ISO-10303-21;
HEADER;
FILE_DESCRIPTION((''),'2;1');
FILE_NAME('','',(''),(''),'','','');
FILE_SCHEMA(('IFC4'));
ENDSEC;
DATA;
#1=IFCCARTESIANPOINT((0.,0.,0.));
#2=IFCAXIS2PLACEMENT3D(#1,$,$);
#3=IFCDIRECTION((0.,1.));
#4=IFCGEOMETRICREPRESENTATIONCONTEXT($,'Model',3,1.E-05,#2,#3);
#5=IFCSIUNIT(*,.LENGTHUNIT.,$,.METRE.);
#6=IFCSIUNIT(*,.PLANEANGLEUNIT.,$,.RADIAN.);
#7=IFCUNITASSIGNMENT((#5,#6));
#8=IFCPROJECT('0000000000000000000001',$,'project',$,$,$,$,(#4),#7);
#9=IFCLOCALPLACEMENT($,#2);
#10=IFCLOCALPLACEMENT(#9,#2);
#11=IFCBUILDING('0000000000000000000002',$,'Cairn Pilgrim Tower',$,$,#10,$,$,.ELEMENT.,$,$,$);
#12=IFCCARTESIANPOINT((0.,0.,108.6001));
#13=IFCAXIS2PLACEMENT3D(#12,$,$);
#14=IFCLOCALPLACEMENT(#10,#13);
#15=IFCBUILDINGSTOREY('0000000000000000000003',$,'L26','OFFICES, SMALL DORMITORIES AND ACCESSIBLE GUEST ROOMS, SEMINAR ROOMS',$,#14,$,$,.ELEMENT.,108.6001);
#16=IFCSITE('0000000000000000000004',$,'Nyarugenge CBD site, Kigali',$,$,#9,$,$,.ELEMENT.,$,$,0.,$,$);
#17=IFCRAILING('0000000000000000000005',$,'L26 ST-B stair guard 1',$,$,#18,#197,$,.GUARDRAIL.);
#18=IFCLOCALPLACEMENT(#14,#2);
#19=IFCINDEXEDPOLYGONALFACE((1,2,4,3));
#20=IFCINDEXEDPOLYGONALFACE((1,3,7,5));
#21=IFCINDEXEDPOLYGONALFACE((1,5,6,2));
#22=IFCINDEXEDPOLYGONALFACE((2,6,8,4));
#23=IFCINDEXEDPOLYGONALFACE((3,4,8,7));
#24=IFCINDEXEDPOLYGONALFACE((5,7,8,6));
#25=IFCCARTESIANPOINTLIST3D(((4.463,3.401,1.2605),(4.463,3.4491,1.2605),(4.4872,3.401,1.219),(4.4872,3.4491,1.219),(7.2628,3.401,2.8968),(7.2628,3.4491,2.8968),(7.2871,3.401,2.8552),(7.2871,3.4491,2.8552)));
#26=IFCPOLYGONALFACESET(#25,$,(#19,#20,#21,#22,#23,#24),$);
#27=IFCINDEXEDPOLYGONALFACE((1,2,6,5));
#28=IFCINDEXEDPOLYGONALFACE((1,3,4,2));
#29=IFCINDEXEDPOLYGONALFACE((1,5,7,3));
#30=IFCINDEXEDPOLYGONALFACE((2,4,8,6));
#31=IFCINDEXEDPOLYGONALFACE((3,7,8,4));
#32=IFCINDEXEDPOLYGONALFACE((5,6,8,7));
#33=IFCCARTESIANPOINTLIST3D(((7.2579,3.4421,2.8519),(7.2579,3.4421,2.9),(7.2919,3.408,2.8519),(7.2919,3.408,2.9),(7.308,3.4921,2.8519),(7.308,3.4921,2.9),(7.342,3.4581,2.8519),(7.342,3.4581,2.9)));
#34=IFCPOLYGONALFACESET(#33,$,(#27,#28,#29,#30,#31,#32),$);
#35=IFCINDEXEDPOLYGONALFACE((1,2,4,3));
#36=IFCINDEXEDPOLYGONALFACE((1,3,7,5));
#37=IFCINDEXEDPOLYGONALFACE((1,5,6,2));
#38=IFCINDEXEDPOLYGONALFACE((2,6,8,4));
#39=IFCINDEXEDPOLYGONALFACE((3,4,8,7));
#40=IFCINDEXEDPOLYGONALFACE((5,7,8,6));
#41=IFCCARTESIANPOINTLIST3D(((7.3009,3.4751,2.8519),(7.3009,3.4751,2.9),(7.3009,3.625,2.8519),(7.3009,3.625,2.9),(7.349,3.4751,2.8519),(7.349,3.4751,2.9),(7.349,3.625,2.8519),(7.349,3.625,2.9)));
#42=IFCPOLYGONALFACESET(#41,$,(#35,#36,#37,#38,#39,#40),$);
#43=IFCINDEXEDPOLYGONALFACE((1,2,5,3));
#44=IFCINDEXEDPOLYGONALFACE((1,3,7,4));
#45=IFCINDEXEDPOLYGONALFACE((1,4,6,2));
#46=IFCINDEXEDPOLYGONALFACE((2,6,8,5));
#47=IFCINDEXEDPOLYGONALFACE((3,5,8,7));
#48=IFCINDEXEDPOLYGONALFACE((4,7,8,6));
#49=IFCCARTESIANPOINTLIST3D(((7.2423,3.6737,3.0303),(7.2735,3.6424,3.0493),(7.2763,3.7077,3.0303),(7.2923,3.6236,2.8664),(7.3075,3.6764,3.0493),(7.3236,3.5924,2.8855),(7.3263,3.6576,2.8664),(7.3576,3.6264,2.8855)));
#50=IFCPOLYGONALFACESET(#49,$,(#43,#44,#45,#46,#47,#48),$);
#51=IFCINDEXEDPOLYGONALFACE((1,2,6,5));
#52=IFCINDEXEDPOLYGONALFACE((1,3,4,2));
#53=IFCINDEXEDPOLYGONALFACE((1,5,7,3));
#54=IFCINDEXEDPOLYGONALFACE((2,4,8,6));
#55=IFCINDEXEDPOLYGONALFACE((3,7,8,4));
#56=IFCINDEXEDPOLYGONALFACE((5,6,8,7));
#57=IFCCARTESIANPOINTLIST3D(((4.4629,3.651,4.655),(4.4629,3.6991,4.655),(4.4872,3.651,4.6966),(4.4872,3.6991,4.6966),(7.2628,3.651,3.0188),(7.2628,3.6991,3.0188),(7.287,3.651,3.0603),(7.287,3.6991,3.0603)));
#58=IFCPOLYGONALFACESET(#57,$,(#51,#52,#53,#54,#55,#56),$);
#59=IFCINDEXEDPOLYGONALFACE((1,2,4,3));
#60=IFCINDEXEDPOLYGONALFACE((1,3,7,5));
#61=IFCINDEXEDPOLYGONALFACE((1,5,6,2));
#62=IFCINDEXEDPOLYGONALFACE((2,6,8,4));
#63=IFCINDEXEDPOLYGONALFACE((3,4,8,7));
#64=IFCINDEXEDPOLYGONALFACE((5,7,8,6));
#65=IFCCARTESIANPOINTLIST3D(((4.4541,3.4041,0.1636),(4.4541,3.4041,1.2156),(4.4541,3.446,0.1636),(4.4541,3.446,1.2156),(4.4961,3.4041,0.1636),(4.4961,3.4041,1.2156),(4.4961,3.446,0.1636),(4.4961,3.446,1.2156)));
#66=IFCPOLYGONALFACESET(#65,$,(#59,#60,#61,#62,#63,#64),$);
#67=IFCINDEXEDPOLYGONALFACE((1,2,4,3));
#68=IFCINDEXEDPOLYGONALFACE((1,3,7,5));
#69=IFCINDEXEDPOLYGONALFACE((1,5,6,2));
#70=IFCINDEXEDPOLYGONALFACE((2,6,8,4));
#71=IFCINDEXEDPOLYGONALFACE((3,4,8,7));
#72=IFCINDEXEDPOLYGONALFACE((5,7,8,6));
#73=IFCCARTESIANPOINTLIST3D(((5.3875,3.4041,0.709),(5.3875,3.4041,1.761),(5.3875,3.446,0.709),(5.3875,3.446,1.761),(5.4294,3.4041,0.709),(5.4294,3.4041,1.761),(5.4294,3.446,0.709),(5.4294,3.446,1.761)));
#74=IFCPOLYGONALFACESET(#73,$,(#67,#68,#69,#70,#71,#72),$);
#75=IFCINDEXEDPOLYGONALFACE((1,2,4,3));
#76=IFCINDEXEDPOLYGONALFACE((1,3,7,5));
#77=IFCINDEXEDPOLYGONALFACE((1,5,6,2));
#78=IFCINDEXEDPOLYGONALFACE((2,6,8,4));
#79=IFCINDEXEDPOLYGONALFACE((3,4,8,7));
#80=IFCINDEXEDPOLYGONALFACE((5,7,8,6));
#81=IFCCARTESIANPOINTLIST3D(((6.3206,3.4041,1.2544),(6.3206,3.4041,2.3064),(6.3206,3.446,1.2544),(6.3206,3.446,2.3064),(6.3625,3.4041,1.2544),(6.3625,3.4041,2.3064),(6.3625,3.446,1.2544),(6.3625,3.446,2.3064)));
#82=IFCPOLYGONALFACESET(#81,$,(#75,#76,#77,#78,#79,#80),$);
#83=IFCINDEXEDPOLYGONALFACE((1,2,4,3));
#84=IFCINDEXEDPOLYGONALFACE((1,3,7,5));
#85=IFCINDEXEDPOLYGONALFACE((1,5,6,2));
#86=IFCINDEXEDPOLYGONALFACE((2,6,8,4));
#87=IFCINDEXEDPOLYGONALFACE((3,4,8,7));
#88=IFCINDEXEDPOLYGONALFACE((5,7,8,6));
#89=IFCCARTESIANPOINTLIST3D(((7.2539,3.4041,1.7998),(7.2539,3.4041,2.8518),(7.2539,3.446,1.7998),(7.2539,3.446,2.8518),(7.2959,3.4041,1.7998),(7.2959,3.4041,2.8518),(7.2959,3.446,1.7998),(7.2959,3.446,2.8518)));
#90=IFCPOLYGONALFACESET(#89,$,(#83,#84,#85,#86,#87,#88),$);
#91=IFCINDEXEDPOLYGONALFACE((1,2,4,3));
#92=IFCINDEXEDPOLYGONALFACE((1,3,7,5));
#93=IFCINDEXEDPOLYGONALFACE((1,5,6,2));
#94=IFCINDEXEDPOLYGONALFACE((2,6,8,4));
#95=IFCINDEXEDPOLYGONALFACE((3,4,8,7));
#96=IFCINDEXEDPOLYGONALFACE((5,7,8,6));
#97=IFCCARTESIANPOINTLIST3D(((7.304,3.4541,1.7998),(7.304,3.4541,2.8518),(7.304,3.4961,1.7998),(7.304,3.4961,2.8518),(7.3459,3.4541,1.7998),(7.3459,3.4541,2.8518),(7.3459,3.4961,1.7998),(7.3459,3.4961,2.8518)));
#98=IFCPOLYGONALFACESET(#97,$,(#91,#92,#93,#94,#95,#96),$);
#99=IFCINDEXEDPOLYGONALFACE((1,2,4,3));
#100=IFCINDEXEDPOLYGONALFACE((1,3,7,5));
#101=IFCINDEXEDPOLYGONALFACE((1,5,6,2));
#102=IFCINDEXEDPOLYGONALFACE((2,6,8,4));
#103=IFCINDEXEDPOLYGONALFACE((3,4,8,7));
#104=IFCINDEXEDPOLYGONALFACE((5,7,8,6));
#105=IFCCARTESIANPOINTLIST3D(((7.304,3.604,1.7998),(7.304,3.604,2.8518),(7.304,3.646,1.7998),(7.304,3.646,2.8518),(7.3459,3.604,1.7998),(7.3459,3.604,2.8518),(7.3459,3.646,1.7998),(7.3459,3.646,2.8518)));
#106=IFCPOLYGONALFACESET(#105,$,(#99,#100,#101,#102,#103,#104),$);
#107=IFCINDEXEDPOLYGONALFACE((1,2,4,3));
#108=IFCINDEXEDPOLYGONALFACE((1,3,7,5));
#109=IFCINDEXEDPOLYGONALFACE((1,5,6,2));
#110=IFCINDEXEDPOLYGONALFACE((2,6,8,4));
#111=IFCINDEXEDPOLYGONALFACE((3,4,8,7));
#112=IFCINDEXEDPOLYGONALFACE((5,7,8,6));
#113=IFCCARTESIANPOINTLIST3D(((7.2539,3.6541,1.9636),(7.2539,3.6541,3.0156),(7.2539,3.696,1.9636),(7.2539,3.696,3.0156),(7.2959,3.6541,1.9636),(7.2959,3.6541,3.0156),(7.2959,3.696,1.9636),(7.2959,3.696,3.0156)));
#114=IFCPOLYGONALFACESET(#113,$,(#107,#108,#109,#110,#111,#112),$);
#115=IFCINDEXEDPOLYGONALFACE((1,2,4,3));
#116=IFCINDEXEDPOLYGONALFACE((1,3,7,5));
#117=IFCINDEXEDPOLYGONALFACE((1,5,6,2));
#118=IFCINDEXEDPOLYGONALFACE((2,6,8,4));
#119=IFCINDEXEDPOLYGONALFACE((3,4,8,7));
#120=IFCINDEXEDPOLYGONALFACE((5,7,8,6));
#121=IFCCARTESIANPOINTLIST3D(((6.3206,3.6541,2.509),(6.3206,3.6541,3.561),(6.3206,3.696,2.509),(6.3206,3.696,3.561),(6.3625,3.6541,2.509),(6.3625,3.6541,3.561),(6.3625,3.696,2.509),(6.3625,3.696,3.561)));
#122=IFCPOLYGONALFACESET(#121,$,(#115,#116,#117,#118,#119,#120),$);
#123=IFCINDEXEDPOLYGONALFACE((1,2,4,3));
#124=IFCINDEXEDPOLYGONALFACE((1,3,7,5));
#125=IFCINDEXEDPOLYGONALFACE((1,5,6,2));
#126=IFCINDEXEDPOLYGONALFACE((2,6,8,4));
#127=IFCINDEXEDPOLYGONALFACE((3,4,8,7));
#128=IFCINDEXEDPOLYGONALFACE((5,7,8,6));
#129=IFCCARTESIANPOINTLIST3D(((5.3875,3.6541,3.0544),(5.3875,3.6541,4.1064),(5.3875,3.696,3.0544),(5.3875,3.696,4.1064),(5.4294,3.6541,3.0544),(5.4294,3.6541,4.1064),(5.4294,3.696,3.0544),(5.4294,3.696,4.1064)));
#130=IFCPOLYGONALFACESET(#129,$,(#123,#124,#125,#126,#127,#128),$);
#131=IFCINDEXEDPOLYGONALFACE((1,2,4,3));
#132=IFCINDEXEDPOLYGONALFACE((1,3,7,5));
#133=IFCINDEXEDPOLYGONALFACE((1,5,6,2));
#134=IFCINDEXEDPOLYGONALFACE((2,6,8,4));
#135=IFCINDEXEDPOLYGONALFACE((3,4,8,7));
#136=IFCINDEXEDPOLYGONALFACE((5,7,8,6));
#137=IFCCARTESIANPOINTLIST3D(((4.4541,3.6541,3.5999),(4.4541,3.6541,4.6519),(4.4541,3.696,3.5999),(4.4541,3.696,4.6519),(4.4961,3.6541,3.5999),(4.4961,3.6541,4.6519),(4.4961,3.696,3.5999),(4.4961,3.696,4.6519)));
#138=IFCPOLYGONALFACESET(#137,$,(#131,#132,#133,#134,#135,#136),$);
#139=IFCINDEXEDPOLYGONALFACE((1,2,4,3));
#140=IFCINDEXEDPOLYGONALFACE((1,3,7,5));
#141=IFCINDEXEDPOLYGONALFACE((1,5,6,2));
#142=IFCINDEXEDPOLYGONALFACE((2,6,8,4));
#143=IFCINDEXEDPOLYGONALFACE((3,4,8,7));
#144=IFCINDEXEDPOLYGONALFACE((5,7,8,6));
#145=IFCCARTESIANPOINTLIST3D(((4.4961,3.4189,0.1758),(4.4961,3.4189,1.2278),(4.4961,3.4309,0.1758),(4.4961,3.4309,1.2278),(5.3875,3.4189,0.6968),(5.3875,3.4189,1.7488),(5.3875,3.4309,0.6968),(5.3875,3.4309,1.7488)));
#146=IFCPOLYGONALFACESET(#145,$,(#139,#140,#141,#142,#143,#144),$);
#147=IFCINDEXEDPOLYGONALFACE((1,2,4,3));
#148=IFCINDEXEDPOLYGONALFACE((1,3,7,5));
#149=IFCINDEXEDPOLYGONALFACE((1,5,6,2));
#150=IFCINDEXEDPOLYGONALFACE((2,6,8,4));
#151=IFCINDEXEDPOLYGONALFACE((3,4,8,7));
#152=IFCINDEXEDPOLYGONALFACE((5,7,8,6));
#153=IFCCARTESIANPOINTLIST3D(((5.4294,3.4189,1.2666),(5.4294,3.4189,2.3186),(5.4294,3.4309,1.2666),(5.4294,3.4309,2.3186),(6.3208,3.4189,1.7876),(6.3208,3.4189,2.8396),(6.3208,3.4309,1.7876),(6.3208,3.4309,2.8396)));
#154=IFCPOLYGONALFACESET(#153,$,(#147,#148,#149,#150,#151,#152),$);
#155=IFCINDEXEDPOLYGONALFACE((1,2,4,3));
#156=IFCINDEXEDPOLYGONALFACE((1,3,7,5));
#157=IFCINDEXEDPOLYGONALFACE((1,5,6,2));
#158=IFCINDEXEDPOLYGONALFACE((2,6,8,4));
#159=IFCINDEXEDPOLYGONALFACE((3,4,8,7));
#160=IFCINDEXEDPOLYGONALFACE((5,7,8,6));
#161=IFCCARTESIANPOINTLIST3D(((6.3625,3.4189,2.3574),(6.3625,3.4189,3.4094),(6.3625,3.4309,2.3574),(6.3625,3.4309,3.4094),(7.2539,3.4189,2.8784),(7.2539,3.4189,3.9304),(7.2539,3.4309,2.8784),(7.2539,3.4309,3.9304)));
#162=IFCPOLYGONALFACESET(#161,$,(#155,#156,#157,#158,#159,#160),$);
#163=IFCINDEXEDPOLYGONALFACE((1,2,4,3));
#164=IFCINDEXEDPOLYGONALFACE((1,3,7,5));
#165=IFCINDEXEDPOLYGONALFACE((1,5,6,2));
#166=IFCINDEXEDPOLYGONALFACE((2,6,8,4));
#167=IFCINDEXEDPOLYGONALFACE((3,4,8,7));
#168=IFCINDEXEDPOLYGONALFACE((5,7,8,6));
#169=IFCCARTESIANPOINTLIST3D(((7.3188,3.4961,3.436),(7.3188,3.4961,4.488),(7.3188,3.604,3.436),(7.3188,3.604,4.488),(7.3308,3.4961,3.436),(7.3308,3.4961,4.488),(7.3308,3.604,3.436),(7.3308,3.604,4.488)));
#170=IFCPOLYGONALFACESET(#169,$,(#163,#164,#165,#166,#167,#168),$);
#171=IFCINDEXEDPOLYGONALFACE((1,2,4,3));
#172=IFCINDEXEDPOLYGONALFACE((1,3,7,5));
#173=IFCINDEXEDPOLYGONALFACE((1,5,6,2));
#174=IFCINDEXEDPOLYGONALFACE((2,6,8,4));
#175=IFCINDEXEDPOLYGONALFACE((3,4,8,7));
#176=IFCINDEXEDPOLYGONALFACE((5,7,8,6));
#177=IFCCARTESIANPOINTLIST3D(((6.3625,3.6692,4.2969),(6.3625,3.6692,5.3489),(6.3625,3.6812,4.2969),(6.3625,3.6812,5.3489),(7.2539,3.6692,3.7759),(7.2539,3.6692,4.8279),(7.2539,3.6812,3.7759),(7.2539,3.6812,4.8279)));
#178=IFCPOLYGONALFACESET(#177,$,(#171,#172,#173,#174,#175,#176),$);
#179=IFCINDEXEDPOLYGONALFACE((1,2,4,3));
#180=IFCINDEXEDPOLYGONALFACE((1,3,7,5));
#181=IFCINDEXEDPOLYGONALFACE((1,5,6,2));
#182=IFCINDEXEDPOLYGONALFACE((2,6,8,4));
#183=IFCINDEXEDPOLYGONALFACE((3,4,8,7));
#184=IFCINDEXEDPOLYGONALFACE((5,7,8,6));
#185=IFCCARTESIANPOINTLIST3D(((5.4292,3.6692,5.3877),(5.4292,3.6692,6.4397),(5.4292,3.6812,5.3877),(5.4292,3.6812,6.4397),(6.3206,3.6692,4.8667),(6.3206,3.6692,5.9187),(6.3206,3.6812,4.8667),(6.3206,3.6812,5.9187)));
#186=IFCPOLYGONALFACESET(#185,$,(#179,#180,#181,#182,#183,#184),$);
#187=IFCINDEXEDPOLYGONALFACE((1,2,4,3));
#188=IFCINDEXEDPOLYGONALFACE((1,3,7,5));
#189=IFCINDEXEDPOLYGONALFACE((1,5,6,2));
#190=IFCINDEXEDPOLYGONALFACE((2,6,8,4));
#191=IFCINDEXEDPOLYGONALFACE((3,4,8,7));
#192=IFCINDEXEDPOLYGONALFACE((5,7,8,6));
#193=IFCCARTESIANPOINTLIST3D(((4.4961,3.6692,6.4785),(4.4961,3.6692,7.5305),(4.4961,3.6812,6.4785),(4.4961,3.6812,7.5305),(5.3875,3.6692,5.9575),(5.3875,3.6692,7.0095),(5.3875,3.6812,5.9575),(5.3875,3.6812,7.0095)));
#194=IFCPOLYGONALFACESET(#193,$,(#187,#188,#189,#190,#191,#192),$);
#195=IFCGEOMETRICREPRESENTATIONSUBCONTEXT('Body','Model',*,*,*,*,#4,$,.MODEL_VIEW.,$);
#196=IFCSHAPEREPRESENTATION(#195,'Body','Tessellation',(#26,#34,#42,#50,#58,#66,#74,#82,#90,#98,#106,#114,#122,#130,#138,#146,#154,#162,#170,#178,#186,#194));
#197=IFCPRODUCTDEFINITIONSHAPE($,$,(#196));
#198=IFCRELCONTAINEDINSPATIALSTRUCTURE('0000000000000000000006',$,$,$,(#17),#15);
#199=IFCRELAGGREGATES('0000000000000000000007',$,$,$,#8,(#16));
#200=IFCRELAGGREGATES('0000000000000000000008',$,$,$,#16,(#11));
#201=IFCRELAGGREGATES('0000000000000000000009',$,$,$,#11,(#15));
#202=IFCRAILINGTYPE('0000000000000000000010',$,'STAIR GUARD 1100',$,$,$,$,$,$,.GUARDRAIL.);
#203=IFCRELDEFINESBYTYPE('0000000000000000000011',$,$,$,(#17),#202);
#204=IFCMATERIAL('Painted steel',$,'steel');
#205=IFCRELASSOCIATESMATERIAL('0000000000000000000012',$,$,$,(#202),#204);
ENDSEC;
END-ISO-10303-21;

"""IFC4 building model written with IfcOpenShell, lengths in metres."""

from ifc_helpers import new_model, si_unit, direction, frame, origin, origin_2d, place, context, subcontext, project, spatial, polyline, rectangle, outline, extrude, material, type_object, element, save


model = new_model("IFC4")

# Units and contexts
model_context = context("Model", 3, precision=1e-05, world=origin(), true_north=direction((0.0, 1.0)))
body_context = subcontext(model_context, "Body", "Model", "MODEL_VIEW")
ifc_project = project(units=[si_unit("LENGTHUNIT", "METRE"), si_unit("PLANEANGLEUNIT", "RADIAN")], contexts=[model_context])

# Site, building, storey
site_placement = place(None, origin())
site = spatial("IfcSite", under=ifc_project, at=site_placement, Name="Nyarugenge CBD site, Kigali", CompositionType="ELEMENT", RefElevation=0.0)
building_placement = place(site_placement, origin())
building = spatial("IfcBuilding", under=site, at=building_placement, Name="Cairn Pilgrim Tower", CompositionType="ELEMENT")
storey_placement = place(building_placement, frame((0.0, 0.0, 108.6001)))
storey = spatial("IfcBuildingStorey", under=building, at=storey_placement, Name="L26", Description="OFFICES, SMALL DORMITORIES AND ACCESSIBLE GUEST ROOMS, SEMINAR ROOMS", CompositionType="ELEMENT", Elevation=108.6001)

# Shared definitions
ifc_material_1 = material(Name="Painted steel", Category="steel")

# Railing
railing_type_1 = type_object("IfcRailingType", Name="STAIR GUARD 1100", PredefinedType="GUARDRAIL", material=ifc_material_1)
railing_1_placement = place(storey_placement, frame((4.4751, 3.425, 0.1636)))
element("IfcRailing", 1, at=railing_1_placement, inside=storey, type_object=railing_type_1, Name="L26 ST-B stair guard 1", PredefinedType="GUARDRAIL", context=body_context, shape_type="SweptSolid", body=[
    extrude(rectangle(XDim=0.0481, YDim=0.0481, at=origin_2d()), frame((0.0, 0.0, 1.0762), z_axis=(0.863374, 0.0, 0.504564), x_axis=(0.0, 1.0, 0.0)), (0.0, 0.0, 1.0), 3.2429),
    extrude(rectangle(XDim=0.0481, YDim=0.0481, at=origin_2d()), frame((2.7998, 0.0, 2.7124), z_axis=(0.707107, 0.707107, 0.0), x_axis=(-0.707107, 0.707107, 0.0)), (0.0, 0.0, 1.0), 0.0708),
    extrude(rectangle(XDim=0.0481, YDim=0.0481, at=origin_2d()), frame((2.8499, 0.05, 2.7124), z_axis=(0.0, 1.0, 0.0), x_axis=(-1.0, 0.0, 0.0)), (0.0, 0.0, 1.0), 0.1499),
    extrude(rectangle(XDim=0.0481, YDim=0.0481, at=origin_2d()), frame((2.8499, 0.2, 2.7124), z_axis=(-0.280456, 0.280456, 0.917981), x_axis=(-0.707107, -0.707107, 0.0)), (0.0, 0.0, 1.0), 0.1785),
    extrude(rectangle(XDim=0.0481, YDim=0.0481, at=origin_2d()), frame((2.7998, 0.25, 2.876), z_axis=(-0.863374, 0.0, 0.504564), x_axis=(0.0, -1.0, 0.0)), (0.0, 0.0, 1.0), 3.2429),
    extrude(rectangle(XDim=0.042, YDim=0.042, at=origin_2d()), origin(), (0.0, 0.0, 1.0), 1.052),
    extrude(rectangle(XDim=0.042, YDim=0.042, at=origin_2d()), frame((0.9333, 0.0, 0.5454)), (0.0, 0.0, 1.0), 1.052),
    extrude(rectangle(XDim=0.042, YDim=0.042, at=origin_2d()), frame((1.8665, 0.0, 1.0908)), (0.0, 0.0, 1.0), 1.052),
    extrude(rectangle(XDim=0.042, YDim=0.042, at=origin_2d()), frame((2.7998, 0.0, 1.6362)), (0.0, 0.0, 1.0), 1.052),
    extrude(rectangle(XDim=0.042, YDim=0.042, at=origin_2d()), frame((2.8499, 0.05, 1.6362)), (0.0, 0.0, 1.0), 1.052),
    extrude(rectangle(XDim=0.042, YDim=0.042, at=origin_2d()), frame((2.8499, 0.2, 1.6362)), (0.0, 0.0, 1.0), 1.052),
    extrude(rectangle(XDim=0.042, YDim=0.042, at=origin_2d()), frame((2.7998, 0.25, 1.8)), (0.0, 0.0, 1.0), 1.052),
    extrude(rectangle(XDim=0.042, YDim=0.042, at=origin_2d()), frame((1.8665, 0.25, 2.3455)), (0.0, 0.0, 1.0), 1.052),
    extrude(rectangle(XDim=0.042, YDim=0.042, at=origin_2d()), frame((0.9333, 0.25, 2.8909)), (0.0, 0.0, 1.0), 1.052),
    extrude(rectangle(XDim=0.042, YDim=0.042, at=origin_2d()), frame((0.0, 0.25, 3.4363)), (0.0, 0.0, 1.0), 1.052),
    extrude(outline(polyline([(0.021, 0.0122), (0.9124, 0.5332), (0.9124, 1.5852), (0.021, 1.0642), (0.021, 0.0122)])), frame((0.0, 0.0059, 0.0), z_axis=(0.0, -1.0, 0.0), x_axis=(1.0, 0.0, 0.0)), (0.0, 0.0, 1.0), 0.012),
    extrude(outline(polyline([(0.021, 0.5576), (0.9124, 1.0786), (0.9124, 2.1306), (0.021, 1.6096), (0.021, 0.5576)])), frame((0.9333, 0.0059, 0.5454), z_axis=(0.0, -1.0, 0.0), x_axis=(1.0, 0.0, 0.0)), (0.0, 0.0, 1.0), 0.012),
    extrude(outline(polyline([(0.021, 1.103), (0.9124, 1.624), (0.9124, 2.676), (0.021, 2.155), (0.021, 1.103)])), frame((1.8665, 0.0059, 1.0908), z_axis=(0.0, -1.0, 0.0), x_axis=(1.0, 0.0, 0.0)), (0.0, 0.0, 1.0), 0.012),
    extrude(outline(polyline([(0.021, 1.6362), (0.1289, 1.6362), (0.1289, 2.6882), (0.021, 2.6882), (0.021, 1.6362)])), frame((2.8438, 0.05, 1.6362), z_axis=(1.0, 0.0, 0.0), x_axis=(0.0, 1.0, 0.0)), (0.0, 0.0, 1.0), 0.012),
    extrude(outline(polyline([(0.021, 1.8123), (0.9124, 2.3333), (0.9124, 3.3853), (0.021, 2.8643), (0.021, 1.8123)])), frame((2.7998, 0.2441, 1.8), z_axis=(0.0, 1.0, 0.0), x_axis=(-1.0, 0.0, 0.0)), (0.0, 0.0, 1.0), 0.012),
    extrude(outline(polyline([(0.021, 2.3577), (0.9124, 2.8787), (0.9124, 3.9307), (0.021, 3.4097), (0.021, 2.3577)])), frame((1.8665, 0.2441, 2.3455), z_axis=(0.0, 1.0, 0.0), x_axis=(-1.0, 0.0, 0.0)), (0.0, 0.0, 1.0), 0.012),
    extrude(outline(polyline([(0.021, 2.9031), (0.9124, 3.4241), (0.9124, 4.4761), (0.021, 3.9551), (0.021, 2.9031)])), frame((0.9333, 0.2441, 2.8909), z_axis=(0.0, 1.0, 0.0), x_axis=(-1.0, 0.0, 0.0)), (0.0, 0.0, 1.0), 0.012),
])

save(model, "model.ifc")
